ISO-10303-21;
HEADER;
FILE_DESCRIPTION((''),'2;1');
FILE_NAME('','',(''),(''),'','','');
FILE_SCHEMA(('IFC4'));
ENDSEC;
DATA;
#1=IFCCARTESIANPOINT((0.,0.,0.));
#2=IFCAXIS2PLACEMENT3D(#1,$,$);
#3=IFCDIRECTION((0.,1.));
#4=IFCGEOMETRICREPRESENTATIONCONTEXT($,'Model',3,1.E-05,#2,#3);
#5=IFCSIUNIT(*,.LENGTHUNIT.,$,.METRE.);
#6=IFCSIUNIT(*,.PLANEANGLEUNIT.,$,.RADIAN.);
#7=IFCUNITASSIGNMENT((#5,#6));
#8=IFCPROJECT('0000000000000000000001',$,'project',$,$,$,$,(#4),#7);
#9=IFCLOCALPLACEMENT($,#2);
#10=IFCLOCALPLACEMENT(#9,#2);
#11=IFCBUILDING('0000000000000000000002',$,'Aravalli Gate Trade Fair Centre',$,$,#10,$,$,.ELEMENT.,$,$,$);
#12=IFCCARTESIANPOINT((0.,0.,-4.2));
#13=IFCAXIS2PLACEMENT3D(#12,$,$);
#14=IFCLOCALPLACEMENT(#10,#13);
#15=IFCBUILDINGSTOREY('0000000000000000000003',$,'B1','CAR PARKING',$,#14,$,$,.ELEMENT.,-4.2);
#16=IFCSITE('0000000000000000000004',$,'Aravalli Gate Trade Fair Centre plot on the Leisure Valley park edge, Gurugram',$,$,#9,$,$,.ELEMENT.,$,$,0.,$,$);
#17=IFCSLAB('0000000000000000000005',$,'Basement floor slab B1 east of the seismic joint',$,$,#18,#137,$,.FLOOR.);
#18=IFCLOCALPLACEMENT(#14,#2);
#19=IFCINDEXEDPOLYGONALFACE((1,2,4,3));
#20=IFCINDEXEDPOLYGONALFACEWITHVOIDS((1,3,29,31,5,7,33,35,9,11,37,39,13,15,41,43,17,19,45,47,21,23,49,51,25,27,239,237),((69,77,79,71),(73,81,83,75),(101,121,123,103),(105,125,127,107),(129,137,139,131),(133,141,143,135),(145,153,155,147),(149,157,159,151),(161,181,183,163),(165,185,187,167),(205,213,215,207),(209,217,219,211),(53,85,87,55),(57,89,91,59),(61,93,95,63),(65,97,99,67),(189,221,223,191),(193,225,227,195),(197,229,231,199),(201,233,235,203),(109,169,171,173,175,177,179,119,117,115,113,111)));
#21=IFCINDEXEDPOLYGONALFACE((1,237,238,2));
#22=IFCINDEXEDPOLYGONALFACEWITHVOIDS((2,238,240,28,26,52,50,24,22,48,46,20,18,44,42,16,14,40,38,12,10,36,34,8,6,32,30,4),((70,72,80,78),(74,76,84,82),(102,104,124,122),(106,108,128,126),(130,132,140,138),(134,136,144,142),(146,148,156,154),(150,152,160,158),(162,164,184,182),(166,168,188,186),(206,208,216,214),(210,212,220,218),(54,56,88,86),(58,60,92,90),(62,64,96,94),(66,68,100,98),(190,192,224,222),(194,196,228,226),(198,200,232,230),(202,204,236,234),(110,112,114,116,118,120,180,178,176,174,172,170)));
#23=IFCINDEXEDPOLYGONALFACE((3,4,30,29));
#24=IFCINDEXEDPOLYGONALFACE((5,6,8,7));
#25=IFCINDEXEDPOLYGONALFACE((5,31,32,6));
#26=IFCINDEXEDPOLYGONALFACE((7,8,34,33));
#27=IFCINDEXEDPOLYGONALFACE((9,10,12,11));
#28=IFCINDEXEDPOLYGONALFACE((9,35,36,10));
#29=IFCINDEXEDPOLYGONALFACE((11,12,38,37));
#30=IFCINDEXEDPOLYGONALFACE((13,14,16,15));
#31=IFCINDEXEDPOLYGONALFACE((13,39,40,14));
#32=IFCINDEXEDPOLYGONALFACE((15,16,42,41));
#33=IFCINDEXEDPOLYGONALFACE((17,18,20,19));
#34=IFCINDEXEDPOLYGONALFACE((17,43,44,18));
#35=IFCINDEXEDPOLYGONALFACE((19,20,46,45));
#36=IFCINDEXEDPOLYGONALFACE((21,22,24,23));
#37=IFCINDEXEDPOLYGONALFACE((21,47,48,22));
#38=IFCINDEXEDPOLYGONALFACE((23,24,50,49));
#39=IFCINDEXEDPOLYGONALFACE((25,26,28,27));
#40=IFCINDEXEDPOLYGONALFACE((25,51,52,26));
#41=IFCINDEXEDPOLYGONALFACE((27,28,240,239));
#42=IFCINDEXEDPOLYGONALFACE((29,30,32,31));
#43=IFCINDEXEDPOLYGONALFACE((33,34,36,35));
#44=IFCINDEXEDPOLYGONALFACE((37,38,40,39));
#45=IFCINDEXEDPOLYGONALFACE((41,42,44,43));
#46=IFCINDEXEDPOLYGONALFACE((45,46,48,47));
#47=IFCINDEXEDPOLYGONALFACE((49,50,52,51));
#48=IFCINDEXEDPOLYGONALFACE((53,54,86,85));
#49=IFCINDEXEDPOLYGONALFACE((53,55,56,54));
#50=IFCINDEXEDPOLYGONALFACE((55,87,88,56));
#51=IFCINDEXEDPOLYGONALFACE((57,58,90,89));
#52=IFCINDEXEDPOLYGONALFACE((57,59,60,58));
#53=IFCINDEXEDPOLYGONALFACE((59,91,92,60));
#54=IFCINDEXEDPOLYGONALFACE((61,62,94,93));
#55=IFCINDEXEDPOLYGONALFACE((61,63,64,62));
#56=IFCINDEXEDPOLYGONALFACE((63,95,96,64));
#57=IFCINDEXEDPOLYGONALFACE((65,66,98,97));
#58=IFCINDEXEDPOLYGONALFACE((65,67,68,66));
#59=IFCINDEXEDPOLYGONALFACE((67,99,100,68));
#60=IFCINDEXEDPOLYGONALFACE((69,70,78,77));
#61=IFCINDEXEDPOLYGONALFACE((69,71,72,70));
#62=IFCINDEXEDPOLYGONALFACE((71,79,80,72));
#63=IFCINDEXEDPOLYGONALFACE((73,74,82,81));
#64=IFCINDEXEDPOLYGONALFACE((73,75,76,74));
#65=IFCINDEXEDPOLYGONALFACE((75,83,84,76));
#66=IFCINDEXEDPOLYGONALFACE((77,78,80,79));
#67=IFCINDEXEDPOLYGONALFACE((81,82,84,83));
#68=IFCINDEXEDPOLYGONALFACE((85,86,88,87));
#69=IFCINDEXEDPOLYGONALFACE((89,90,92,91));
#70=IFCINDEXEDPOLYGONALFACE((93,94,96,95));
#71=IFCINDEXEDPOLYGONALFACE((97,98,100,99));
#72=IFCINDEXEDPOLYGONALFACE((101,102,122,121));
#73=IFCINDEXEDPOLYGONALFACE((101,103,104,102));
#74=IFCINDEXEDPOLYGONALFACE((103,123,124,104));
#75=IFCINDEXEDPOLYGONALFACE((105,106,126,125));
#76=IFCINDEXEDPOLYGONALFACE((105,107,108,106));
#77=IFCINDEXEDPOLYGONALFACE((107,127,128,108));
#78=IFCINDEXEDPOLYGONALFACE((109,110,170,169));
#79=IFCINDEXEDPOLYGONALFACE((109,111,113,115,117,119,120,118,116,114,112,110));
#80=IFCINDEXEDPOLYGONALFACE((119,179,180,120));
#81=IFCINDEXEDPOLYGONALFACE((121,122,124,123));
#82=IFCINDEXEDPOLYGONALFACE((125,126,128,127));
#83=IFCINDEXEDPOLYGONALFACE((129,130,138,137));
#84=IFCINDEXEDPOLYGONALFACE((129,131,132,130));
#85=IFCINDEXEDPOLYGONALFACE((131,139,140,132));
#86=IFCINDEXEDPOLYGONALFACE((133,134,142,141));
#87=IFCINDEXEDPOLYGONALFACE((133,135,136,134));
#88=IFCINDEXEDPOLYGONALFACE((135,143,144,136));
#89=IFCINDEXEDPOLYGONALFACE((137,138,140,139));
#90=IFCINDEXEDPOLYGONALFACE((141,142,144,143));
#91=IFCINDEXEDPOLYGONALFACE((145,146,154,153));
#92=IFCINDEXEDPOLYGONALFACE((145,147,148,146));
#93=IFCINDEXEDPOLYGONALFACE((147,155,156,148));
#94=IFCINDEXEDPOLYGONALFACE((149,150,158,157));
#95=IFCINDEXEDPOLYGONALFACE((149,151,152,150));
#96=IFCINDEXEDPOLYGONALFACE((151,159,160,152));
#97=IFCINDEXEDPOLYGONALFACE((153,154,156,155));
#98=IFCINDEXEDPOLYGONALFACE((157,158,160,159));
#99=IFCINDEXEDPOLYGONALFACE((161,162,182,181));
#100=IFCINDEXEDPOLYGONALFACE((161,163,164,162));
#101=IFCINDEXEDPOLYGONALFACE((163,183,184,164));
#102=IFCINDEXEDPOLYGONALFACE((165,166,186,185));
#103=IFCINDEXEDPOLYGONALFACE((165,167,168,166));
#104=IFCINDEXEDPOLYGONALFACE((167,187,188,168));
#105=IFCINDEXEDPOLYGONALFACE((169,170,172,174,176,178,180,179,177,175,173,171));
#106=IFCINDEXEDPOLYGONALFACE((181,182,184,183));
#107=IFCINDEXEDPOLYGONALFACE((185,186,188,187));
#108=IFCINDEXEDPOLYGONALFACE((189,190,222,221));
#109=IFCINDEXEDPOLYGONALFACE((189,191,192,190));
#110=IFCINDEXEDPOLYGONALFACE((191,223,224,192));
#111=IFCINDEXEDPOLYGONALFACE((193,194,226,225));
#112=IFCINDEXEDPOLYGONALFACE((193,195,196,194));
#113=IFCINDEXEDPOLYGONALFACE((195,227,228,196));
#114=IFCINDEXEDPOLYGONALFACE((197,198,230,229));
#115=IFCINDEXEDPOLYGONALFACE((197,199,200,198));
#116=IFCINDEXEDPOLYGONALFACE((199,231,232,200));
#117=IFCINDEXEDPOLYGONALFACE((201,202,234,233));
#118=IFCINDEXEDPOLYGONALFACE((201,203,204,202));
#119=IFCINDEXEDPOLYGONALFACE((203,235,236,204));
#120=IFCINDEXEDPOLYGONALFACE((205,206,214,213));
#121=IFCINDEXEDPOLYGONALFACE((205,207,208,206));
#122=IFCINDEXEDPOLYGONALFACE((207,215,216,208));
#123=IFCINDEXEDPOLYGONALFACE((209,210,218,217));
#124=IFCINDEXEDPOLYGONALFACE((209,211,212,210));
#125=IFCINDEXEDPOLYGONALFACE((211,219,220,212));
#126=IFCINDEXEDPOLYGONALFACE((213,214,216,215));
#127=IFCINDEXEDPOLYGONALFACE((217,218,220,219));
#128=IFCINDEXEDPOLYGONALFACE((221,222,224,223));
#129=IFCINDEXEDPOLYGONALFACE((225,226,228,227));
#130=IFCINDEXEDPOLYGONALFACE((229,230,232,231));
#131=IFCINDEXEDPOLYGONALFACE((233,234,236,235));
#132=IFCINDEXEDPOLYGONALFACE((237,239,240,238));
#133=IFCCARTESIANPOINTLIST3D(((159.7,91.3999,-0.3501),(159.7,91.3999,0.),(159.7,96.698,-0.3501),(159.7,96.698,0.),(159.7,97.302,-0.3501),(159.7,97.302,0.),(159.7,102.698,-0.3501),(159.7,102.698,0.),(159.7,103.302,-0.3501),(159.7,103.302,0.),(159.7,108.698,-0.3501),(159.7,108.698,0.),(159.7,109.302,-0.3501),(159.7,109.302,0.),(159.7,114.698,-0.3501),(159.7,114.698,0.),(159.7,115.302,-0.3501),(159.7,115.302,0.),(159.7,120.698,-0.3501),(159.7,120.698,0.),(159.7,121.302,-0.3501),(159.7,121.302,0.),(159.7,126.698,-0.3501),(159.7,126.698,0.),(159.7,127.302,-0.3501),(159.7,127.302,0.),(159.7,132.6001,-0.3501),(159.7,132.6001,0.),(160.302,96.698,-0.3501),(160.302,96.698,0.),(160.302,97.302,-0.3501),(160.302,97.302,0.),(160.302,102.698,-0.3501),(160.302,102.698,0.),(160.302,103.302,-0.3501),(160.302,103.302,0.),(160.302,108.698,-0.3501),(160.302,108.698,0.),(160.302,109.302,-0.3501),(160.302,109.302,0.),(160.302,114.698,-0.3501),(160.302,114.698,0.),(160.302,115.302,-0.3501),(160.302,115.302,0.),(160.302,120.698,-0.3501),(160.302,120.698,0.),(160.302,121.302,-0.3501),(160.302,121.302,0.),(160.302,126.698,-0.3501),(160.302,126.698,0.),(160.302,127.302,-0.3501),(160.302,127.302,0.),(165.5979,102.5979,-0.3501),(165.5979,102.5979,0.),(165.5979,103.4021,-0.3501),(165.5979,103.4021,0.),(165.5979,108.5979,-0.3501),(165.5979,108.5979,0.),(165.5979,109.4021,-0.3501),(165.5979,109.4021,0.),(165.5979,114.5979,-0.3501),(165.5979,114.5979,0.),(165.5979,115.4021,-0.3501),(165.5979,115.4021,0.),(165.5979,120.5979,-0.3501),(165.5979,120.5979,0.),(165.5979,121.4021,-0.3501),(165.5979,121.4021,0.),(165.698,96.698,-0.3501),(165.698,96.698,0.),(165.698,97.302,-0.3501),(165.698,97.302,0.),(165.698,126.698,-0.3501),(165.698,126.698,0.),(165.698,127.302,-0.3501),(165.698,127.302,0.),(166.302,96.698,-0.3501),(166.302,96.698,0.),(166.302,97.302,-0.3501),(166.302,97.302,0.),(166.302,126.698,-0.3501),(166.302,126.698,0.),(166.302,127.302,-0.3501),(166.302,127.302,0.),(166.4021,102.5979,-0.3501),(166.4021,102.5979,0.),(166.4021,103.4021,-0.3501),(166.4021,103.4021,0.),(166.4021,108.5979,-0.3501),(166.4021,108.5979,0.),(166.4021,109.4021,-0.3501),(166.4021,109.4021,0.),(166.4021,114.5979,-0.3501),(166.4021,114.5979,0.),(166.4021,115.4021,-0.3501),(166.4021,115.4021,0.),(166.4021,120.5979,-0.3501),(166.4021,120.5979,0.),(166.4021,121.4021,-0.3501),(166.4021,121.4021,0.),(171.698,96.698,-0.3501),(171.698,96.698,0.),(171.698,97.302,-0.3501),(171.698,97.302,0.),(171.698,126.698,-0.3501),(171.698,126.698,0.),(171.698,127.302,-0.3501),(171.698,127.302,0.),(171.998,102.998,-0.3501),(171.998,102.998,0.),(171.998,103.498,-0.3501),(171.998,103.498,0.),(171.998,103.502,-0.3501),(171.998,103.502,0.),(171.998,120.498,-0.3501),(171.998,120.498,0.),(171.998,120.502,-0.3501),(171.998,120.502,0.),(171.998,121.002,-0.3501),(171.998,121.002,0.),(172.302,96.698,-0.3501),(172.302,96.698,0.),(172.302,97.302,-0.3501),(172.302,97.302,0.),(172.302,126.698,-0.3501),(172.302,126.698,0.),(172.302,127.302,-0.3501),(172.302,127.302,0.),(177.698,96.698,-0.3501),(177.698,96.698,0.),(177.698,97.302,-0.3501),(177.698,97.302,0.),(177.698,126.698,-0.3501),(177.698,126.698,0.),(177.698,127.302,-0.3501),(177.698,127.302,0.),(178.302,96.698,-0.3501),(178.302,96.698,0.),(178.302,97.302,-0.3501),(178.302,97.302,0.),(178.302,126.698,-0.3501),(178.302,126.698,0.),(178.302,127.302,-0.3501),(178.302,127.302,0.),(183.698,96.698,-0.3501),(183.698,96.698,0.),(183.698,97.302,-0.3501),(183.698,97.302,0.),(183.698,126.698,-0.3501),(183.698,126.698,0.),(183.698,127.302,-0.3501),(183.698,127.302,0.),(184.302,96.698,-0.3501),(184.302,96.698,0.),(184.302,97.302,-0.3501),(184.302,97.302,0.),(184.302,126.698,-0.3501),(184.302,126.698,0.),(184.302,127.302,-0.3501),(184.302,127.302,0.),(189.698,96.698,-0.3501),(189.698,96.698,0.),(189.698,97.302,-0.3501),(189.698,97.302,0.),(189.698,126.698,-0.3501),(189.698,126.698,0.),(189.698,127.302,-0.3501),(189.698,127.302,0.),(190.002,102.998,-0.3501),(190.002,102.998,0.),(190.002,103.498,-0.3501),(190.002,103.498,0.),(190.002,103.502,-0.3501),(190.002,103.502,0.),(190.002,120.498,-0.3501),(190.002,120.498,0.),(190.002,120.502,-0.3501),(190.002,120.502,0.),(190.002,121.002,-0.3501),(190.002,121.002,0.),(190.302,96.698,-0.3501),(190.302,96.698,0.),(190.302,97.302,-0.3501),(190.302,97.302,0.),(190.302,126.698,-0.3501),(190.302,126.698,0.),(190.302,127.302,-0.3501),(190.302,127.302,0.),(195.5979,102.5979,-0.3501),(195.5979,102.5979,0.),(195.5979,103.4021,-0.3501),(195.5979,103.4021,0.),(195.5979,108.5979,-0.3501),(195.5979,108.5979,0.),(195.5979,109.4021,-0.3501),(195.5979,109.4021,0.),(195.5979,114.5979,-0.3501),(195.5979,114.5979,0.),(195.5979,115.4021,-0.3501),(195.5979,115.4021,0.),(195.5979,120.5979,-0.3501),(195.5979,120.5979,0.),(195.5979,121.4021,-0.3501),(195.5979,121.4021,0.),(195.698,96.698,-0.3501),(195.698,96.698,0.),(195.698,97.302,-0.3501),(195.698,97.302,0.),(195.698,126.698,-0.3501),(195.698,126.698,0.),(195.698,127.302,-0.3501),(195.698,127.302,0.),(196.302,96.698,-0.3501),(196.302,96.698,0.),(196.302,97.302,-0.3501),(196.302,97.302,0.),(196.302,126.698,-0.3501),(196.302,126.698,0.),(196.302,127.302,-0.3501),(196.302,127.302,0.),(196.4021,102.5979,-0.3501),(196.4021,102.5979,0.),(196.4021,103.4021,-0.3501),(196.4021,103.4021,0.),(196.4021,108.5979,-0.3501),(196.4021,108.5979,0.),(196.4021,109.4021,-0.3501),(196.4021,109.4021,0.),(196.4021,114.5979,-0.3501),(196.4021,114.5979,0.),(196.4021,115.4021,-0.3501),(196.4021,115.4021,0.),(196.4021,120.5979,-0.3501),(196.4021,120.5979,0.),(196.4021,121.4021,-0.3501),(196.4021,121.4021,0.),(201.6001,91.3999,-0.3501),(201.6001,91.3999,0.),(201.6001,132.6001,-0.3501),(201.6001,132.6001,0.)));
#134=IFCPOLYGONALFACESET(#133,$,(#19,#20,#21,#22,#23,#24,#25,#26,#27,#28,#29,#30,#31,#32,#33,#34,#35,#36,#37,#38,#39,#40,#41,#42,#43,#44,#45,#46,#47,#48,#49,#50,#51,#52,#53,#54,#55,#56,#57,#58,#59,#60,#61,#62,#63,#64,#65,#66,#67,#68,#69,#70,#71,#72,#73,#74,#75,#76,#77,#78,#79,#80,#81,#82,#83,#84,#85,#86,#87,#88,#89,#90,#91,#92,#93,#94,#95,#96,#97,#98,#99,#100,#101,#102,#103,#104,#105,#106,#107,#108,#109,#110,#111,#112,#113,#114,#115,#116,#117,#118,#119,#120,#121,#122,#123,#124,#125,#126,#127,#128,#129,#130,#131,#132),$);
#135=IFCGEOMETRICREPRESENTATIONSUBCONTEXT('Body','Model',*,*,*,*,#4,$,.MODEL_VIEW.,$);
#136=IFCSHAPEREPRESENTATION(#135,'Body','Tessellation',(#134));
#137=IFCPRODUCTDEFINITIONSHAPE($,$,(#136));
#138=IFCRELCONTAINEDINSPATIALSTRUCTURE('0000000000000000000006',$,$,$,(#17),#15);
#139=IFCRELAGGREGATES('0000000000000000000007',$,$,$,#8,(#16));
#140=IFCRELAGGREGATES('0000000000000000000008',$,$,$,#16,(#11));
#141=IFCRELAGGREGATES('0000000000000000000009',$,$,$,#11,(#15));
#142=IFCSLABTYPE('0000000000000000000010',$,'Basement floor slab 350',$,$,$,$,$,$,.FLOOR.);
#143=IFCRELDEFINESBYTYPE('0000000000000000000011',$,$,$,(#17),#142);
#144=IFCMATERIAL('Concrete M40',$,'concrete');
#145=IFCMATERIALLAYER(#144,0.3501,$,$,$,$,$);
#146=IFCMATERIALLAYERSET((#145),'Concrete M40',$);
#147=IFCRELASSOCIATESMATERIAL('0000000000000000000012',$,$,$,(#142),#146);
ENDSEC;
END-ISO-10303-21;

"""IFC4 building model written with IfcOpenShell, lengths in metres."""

from ifc_helpers import new_model, si_unit, direction, frame, origin, place, context, subcontext, project, spatial, polyline, outline, extrude, material, layer, layer_set, type_object, element, save


model = new_model("IFC4")

# Units and contexts
model_context = context("Model", 3, precision=1e-05, world=origin(), true_north=direction((0.0, 1.0)))
body_context = subcontext(model_context, "Body", "Model", "MODEL_VIEW")
ifc_project = project(units=[si_unit("LENGTHUNIT", "METRE"), si_unit("PLANEANGLEUNIT", "RADIAN")], contexts=[model_context])

# Site, building, storey
site_placement = place(None, origin())
site = spatial("IfcSite", under=ifc_project, at=site_placement, Name="Aravalli Gate Trade Fair Centre plot on the Leisure Valley park edge, Gurugram", CompositionType="ELEMENT", RefElevation=0.0)
building_placement = place(site_placement, origin())
building = spatial("IfcBuilding", under=site, at=building_placement, Name="Aravalli Gate Trade Fair Centre", CompositionType="ELEMENT")
storey_placement = place(building_placement, frame((0.0, 0.0, -4.2)))
storey = spatial("IfcBuildingStorey", under=building, at=storey_placement, Name="B1", Description="CAR PARKING", CompositionType="ELEMENT", Elevation=-4.2)

# Slab
ifc_material_1 = material(Name="Concrete M40", Category="concrete")
ifc_layer_1 = layer(ifc_material_1, 0.3501)
ifc_layer_set_1 = layer_set([ifc_layer_1], Name="Concrete M40")
slab_type_1 = type_object("IfcSlabType", Name="Basement floor slab 350", PredefinedType="FLOOR", material=ifc_layer_set_1)
slab_1_placement = place(storey_placement, frame((0.0, 0.0, -0.3501)))
element("IfcSlab", 1, at=slab_1_placement, inside=storey, type_object=slab_type_1, Name="Basement floor slab B1 east of the seismic joint", PredefinedType="FLOOR", context=body_context, shape_type="SweptSolid", body=[
    extrude(outline(polyline([(201.6001, 132.6001), (201.6001, 91.3999), (159.7, 91.3999), (159.7, 96.698), (160.302, 96.698), (160.302, 97.302), (159.7, 97.302), (159.7, 102.698), (160.302, 102.698), (160.302, 103.302), (159.7, 103.302), (159.7, 108.698), (160.302, 108.698), (160.302, 109.302), (159.7, 109.302), (159.7, 114.698), (160.302, 114.698), (160.302, 115.302), (159.7, 115.302), (159.7, 120.698), (160.302, 120.698), (160.302, 121.302), (159.7, 121.302), (159.7, 126.698), (160.302, 126.698), (160.302, 127.302), (159.7, 127.302), (159.7, 132.6001), (201.6001, 132.6001)]), holes=[polyline([(196.4021, 121.4021), (195.5979, 121.4021), (195.5979, 120.5979), (196.4021, 120.5979), (196.4021, 121.4021)]), polyline([(196.4021, 115.4021), (195.5979, 115.4021), (195.5979, 114.5979), (196.4021, 114.5979), (196.4021, 115.4021)]), polyline([(196.4021, 108.5979), (196.4021, 109.4021), (195.5979, 109.4021), (195.5979, 108.5979), (196.4021, 108.5979)]), polyline([(196.4021, 102.5979), (196.4021, 103.4021), (195.5979, 103.4021), (195.5979, 102.5979), (196.4021, 102.5979)]), polyline([(196.302, 126.698), (196.302, 127.302), (195.698, 127.302), (195.698, 126.698), (196.302, 126.698)]), polyline([(196.302, 97.302), (195.698, 97.302), (195.698, 96.698), (196.302, 96.698), (196.302, 97.302)]), polyline([(190.302, 127.302), (189.698, 127.302), (189.698, 126.698), (190.302, 126.698), (190.302, 127.302)]), polyline([(190.302, 96.698), (190.302, 97.302), (189.698, 97.302), (189.698, 96.698), (190.302, 96.698)]), polyline([(190.002, 103.498), (190.002, 103.502), (190.002, 120.498), (190.002, 120.502), (190.002, 121.002), (171.998, 121.002), (171.998, 120.502), (171.998, 120.498), (171.998, 103.502), (171.998, 103.498), (171.998, 102.998), (190.002, 102.998), (190.002, 103.498)]), polyline([(184.302, 97.302), (183.698, 97.302), (183.698, 96.698), (184.302, 96.698), (184.302, 97.302)]), polyline([(184.302, 126.698), (184.302, 127.302), (183.698, 127.302), (183.698, 126.698), (184.302, 126.698)]), polyline([(178.302, 126.698), (178.302, 127.302), (177.698, 127.302), (177.698, 126.698), (178.302, 126.698)]), polyline([(178.302, 97.302), (177.698, 97.302), (177.698, 96.698), (178.302, 96.698), (178.302, 97.302)]), polyline([(172.302, 127.302), (171.698, 127.302), (171.698, 126.698), (172.302, 126.698), (172.302, 127.302)]), polyline([(172.302, 96.698), (172.302, 97.302), (171.698, 97.302), (171.698, 96.698), (172.302, 96.698)]), polyline([(166.4021, 120.5979), (166.4021, 121.4021), (165.5979, 121.4021), (165.5979, 120.5979), (166.4021, 120.5979)]), polyline([(166.4021, 114.5979), (166.4021, 115.4021), (165.5979, 115.4021), (165.5979, 114.5979), (166.4021, 114.5979)]), polyline([(166.4021, 109.4021), (165.5979, 109.4021), (165.5979, 108.5979), (166.4021, 108.5979), (166.4021, 109.4021)]), polyline([(166.4021, 102.5979), (166.4021, 103.4021), (165.5979, 103.4021), (165.5979, 102.5979), (166.4021, 102.5979)]), polyline([(166.302, 96.698), (166.302, 97.302), (165.698, 97.302), (165.698, 96.698), (166.302, 96.698)]), polyline([(166.302, 126.698), (166.302, 127.302), (165.698, 127.302), (165.698, 126.698), (166.302, 126.698)])]), origin(), (0.0, 0.0, 1.0), 0.3501),
])

save(model, "model.ifc")
